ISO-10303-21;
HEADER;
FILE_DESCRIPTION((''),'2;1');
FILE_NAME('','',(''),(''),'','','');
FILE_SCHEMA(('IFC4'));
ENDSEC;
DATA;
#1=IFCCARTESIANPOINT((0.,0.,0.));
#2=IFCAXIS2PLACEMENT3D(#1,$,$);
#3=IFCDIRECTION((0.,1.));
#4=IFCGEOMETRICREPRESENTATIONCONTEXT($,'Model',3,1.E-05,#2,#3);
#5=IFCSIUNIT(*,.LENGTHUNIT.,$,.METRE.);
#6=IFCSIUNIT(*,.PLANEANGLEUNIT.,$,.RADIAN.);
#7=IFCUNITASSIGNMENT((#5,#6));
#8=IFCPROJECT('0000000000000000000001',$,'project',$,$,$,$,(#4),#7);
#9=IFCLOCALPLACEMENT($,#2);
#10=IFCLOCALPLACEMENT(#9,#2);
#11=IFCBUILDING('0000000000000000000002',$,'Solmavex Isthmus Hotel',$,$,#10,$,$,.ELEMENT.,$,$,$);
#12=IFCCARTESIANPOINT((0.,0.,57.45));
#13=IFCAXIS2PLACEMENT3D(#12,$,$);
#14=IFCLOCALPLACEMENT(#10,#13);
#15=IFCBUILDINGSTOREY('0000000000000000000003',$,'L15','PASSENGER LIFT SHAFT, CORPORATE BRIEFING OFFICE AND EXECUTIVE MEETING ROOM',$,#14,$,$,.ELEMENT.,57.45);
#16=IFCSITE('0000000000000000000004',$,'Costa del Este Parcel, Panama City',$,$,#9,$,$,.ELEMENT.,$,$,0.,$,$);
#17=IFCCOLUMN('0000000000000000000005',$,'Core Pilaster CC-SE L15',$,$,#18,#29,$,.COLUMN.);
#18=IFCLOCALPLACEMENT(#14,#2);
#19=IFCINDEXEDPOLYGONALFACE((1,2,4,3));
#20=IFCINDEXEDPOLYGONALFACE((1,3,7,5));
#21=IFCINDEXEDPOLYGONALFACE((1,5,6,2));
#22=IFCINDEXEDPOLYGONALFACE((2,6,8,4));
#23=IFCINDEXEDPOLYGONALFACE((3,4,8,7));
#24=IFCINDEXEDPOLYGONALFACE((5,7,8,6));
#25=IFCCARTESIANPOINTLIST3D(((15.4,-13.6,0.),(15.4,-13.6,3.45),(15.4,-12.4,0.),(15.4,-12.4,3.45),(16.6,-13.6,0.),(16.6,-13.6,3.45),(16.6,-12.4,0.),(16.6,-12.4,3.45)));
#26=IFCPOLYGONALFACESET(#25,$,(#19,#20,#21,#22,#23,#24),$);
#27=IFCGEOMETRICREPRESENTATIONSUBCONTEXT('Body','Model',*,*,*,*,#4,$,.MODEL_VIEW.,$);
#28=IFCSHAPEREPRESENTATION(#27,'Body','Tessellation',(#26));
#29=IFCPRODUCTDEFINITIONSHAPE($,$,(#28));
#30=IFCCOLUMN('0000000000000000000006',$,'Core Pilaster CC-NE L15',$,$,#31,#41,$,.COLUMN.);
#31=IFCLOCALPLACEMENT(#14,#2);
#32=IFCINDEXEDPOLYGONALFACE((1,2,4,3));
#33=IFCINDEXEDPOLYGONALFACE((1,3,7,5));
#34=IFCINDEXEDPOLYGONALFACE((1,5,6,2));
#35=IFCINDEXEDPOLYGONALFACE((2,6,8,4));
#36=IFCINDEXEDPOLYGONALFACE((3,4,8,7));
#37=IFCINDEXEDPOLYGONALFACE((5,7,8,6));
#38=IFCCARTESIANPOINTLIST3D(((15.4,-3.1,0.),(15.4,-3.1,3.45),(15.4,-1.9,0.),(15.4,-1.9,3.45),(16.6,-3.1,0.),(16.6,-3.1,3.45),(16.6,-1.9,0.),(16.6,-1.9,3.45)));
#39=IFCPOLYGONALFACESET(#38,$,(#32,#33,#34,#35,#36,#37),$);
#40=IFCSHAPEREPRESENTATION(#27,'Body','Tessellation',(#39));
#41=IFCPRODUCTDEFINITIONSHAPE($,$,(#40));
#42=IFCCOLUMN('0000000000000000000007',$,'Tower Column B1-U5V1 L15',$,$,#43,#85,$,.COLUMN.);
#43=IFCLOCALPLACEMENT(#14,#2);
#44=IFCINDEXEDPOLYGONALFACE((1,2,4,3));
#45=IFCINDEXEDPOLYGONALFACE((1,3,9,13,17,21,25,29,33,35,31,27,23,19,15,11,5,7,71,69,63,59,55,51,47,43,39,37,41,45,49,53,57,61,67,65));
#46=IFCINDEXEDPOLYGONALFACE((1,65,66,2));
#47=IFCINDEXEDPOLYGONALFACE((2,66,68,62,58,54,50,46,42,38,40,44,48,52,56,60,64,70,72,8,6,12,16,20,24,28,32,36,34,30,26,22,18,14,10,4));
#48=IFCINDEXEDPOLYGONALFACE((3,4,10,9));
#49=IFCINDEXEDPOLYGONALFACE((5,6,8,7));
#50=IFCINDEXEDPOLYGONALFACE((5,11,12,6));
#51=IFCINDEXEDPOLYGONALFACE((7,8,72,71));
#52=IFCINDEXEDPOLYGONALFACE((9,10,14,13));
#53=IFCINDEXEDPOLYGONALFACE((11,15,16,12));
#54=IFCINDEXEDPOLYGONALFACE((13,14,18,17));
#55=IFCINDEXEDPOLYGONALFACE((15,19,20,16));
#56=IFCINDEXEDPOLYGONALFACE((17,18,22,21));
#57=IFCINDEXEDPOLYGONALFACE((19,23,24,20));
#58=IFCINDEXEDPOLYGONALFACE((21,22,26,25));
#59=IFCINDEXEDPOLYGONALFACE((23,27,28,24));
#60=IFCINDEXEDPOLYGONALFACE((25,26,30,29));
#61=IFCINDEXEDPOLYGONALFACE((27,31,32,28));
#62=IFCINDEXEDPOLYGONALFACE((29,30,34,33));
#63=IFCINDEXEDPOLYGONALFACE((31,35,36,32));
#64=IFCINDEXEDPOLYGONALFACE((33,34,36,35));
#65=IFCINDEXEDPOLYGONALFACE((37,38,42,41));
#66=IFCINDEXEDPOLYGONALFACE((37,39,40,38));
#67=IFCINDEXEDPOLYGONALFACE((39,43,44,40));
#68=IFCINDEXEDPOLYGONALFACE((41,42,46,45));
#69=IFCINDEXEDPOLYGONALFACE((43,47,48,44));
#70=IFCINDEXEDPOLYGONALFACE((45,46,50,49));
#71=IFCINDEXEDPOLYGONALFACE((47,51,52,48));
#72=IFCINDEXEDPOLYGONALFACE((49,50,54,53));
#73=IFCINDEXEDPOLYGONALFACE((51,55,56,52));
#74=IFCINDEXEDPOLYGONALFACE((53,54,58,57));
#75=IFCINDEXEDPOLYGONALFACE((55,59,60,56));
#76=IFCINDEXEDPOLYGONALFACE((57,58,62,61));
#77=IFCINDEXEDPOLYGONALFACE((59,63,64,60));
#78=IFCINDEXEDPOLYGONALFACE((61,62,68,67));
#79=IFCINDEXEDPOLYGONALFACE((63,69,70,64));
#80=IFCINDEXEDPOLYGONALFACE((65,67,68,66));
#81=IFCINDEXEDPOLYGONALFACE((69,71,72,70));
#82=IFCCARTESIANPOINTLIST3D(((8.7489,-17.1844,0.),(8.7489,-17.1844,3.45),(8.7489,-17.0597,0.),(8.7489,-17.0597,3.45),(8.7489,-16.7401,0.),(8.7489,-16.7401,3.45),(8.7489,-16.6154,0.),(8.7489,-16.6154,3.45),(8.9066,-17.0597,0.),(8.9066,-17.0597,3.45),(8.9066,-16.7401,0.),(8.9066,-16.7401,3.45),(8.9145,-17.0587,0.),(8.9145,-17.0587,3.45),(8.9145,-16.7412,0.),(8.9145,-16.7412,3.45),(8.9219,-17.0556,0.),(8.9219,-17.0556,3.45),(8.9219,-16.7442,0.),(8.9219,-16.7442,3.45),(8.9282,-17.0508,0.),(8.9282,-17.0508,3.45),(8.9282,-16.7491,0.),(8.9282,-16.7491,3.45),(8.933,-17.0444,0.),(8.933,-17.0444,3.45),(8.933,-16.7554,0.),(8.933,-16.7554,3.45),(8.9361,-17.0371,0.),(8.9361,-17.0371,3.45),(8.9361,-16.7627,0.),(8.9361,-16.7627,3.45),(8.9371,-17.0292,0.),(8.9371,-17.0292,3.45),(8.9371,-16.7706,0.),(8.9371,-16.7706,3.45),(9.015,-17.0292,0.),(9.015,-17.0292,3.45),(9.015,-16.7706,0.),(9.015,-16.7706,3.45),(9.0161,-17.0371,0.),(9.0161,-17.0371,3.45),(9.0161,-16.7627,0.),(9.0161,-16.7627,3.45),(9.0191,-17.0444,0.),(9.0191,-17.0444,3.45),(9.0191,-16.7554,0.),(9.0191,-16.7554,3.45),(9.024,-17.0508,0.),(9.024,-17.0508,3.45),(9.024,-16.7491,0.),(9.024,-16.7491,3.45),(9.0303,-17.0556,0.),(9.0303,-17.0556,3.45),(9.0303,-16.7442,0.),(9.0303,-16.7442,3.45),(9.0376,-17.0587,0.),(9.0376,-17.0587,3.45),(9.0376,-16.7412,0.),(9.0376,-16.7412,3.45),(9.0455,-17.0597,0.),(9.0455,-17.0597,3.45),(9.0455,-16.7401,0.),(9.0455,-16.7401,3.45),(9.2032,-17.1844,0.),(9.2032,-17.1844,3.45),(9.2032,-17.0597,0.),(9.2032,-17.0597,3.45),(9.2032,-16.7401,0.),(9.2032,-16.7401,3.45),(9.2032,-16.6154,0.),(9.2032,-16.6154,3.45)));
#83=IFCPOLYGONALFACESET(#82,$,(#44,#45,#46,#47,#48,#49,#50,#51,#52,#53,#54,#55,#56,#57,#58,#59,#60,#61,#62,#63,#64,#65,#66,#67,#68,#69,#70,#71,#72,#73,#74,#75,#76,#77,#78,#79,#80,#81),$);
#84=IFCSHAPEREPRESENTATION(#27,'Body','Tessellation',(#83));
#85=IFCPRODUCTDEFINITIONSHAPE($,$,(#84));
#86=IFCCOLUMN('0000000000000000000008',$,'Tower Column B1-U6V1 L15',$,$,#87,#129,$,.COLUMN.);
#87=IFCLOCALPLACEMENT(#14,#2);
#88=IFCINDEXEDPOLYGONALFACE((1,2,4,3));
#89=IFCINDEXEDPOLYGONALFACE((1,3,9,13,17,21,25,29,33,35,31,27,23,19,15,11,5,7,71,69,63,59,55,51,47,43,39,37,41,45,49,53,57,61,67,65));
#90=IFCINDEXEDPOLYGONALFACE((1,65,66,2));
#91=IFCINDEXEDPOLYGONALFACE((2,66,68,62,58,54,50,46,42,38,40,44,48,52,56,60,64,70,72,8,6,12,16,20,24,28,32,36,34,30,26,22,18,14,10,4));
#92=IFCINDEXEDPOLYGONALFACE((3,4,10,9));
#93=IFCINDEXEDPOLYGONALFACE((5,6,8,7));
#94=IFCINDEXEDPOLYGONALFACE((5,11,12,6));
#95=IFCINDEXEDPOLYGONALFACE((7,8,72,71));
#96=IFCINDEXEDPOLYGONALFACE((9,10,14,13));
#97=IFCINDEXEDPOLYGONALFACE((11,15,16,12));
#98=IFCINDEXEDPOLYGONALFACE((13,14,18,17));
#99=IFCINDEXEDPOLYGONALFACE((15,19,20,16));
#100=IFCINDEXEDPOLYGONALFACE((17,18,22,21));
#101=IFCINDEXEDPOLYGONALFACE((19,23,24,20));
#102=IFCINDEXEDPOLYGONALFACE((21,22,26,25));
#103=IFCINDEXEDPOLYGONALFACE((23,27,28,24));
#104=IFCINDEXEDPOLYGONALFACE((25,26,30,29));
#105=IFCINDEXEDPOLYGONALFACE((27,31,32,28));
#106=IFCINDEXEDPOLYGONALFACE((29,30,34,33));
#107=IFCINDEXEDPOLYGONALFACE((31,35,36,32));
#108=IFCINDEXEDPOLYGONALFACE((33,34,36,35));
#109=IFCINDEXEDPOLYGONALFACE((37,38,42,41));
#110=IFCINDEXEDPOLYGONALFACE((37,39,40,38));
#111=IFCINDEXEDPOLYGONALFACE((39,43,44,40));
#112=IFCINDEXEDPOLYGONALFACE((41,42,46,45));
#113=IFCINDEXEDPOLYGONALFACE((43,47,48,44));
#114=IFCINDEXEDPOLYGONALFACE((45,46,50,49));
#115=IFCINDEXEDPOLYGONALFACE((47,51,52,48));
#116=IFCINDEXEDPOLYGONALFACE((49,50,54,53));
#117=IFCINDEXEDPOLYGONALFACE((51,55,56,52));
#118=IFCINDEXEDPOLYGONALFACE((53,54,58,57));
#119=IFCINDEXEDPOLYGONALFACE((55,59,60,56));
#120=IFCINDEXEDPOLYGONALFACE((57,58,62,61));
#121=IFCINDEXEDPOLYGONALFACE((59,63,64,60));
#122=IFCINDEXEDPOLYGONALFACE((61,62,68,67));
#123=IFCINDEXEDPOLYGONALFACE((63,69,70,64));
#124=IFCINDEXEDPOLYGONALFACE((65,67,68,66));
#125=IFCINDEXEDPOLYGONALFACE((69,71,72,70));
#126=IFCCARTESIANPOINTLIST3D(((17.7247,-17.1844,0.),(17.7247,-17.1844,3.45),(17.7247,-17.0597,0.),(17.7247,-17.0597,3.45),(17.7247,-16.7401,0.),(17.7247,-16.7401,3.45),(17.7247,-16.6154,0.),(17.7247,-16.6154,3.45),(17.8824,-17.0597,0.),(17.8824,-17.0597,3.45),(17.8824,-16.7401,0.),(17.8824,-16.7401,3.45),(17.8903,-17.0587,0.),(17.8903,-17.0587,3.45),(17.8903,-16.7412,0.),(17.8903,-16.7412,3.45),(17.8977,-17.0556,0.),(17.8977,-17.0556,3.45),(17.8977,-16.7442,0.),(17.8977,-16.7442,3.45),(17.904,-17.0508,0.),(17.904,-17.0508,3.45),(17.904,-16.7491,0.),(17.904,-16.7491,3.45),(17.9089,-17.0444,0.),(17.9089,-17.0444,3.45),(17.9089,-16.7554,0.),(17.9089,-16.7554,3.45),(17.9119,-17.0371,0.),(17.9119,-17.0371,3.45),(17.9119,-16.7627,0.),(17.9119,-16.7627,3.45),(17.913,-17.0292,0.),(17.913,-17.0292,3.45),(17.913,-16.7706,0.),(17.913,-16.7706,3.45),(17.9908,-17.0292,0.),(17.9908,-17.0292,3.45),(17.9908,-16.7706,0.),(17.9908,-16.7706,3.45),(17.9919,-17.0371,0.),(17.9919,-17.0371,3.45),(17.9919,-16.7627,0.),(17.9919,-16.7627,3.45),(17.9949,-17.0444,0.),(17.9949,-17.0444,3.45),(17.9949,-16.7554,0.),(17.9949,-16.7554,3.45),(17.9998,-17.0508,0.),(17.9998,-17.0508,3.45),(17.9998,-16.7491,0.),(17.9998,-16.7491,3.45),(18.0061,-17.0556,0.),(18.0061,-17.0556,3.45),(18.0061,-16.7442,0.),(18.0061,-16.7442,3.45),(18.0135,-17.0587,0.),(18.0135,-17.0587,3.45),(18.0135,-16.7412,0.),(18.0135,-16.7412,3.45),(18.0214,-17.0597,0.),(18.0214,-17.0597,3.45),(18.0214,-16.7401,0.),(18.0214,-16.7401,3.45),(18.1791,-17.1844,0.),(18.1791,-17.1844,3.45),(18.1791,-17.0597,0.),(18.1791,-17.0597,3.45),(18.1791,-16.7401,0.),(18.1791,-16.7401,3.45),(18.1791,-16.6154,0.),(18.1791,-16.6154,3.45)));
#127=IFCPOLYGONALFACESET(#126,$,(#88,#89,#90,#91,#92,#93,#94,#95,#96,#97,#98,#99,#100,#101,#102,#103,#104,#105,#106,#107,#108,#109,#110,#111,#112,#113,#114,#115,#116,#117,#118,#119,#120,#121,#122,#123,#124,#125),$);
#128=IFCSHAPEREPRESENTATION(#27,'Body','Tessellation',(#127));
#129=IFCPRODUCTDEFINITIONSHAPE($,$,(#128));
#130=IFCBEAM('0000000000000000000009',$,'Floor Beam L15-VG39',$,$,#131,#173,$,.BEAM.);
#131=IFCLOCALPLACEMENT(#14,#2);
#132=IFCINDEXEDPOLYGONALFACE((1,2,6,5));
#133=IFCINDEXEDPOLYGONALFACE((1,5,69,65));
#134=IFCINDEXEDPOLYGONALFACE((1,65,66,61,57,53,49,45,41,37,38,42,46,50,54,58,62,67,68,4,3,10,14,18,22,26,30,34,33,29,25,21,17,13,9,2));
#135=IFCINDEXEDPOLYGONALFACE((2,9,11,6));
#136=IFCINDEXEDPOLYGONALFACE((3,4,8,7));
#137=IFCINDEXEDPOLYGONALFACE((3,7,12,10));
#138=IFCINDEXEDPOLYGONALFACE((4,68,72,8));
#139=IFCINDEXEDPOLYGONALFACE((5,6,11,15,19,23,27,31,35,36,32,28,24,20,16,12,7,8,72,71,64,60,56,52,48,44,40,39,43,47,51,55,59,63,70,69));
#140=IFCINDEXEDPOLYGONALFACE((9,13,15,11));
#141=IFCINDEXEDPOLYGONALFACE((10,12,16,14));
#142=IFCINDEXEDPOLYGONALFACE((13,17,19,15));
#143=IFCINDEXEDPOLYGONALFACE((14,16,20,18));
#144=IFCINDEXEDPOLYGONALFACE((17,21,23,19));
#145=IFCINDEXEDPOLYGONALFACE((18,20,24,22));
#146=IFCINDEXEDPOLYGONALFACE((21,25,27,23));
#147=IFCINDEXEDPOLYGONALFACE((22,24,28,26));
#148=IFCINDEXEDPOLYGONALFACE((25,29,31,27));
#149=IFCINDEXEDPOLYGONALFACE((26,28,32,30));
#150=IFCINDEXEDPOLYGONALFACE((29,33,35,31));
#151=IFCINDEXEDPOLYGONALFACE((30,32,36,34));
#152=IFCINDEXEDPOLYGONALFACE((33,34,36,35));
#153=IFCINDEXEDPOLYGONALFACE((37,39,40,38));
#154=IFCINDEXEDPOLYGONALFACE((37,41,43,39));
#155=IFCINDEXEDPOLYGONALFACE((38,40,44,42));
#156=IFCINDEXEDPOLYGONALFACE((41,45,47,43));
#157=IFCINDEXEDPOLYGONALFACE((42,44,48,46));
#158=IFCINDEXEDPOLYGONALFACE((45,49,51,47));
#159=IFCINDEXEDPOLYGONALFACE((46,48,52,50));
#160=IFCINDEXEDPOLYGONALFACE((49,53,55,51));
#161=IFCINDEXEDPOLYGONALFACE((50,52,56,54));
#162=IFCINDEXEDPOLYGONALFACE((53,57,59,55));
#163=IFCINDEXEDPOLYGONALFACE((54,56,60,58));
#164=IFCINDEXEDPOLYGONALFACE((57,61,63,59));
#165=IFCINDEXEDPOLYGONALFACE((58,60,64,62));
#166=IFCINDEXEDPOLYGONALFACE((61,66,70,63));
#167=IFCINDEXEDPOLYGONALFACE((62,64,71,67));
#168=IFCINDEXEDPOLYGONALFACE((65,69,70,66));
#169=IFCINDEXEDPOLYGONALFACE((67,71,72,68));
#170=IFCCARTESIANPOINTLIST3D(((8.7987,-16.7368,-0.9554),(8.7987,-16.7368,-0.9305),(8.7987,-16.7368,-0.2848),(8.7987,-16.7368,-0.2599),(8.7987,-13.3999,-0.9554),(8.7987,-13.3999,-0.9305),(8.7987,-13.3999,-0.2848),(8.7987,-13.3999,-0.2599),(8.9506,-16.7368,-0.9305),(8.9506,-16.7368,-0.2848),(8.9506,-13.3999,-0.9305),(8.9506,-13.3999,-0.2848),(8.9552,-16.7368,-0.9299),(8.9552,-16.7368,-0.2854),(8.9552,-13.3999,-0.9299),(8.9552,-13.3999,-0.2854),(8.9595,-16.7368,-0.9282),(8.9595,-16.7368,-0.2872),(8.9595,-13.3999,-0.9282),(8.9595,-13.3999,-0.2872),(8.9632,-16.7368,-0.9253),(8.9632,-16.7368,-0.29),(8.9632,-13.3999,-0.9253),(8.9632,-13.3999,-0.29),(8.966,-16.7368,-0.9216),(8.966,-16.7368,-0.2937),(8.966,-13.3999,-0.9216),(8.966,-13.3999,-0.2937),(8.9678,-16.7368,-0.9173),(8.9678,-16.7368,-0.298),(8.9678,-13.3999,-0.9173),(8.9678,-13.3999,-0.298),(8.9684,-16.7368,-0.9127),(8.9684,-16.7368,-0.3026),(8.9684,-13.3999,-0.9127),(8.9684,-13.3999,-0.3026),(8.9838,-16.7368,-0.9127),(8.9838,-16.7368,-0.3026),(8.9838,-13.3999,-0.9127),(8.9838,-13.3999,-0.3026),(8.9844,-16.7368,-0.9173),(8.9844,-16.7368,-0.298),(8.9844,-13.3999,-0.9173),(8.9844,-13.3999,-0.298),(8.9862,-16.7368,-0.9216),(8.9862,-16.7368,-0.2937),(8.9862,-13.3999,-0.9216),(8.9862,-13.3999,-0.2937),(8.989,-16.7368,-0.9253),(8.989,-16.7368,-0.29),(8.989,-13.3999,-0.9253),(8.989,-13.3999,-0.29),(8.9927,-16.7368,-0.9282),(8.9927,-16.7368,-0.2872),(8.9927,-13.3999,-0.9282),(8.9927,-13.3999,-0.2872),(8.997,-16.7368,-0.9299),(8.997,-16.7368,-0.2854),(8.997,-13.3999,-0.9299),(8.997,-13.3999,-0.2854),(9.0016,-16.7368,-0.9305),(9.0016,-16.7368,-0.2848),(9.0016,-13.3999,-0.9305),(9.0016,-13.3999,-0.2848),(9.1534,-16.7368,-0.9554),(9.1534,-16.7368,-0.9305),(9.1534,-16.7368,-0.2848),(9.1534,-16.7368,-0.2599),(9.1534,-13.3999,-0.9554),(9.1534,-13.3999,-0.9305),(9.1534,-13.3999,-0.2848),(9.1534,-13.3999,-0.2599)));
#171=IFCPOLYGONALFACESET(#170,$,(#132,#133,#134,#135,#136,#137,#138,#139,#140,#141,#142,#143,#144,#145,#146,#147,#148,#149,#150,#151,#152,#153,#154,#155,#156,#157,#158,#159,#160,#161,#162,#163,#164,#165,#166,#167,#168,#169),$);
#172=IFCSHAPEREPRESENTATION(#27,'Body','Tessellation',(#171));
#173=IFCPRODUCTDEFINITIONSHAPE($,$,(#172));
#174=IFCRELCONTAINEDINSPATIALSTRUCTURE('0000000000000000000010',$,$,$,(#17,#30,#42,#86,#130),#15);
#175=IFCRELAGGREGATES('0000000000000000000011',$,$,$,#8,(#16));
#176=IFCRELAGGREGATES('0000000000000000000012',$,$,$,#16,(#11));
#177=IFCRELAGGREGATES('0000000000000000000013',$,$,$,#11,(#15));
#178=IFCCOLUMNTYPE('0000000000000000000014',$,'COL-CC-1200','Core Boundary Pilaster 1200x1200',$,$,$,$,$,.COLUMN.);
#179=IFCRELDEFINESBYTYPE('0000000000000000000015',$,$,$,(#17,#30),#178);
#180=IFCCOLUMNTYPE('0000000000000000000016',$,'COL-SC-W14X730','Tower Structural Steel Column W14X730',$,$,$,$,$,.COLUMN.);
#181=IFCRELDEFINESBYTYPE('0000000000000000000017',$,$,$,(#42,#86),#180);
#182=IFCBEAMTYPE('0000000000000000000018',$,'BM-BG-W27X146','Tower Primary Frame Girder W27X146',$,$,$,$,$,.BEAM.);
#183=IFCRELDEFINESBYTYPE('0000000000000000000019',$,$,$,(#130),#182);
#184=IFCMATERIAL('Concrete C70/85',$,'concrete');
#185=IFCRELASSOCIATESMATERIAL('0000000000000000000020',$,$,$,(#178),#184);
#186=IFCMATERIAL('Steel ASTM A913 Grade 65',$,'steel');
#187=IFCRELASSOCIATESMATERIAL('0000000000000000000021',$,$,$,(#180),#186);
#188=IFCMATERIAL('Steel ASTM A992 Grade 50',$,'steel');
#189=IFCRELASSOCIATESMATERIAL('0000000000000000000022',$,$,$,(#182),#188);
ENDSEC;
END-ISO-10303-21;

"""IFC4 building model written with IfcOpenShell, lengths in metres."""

from ifc_helpers import new_model, si_unit, direction, frame, origin, origin_2d, place, context, subcontext, project, spatial, rectangle, i_section, extrude, material, material_profile, profile_set, type_object, element, save


model = new_model("IFC4")

# Units and contexts
model_context = context("Model", 3, precision=1e-05, world=origin(), true_north=direction((0.0, 1.0)))
body_context = subcontext(model_context, "Body", "Model", "MODEL_VIEW")
ifc_project = project(units=[si_unit("LENGTHUNIT", "METRE"), si_unit("PLANEANGLEUNIT", "RADIAN")], contexts=[model_context])

# Site, building, storey
site_placement = place(None, origin())
site = spatial("IfcSite", under=ifc_project, at=site_placement, Name="Costa del Este Parcel, Panama City", CompositionType="ELEMENT", RefElevation=0.0)
building_placement = place(site_placement, origin())
building = spatial("IfcBuilding", under=site, at=building_placement, Name="Solmavex Isthmus Hotel", CompositionType="ELEMENT")
storey_placement = place(building_placement, frame((0.0, 0.0, 57.45)))
storey = spatial("IfcBuildingStorey", under=building, at=storey_placement, Name="L15", Description="PASSENGER LIFT SHAFT, CORPORATE BRIEFING OFFICE AND EXECUTIVE MEETING ROOM", CompositionType="ELEMENT", Elevation=57.45)

# Columns
ifc_material_1 = material(Name="Concrete C70/85", Category="concrete")
ifc_material_profile_1 = material_profile(ifc_material_1, rectangle(XDim=1.2, YDim=1.2, at=origin_2d()), Name="RC1200X1200")
ifc_profile_set_1 = profile_set([ifc_material_profile_1], Name="Concrete C70/85")
column_type_1 = type_object("IfcColumnType", Name="COL-CC-1200", Description="Core Boundary Pilaster 1200x1200", PredefinedType="COLUMN", material=ifc_profile_set_1)
for number, where, z_axis, x_axis, name in (
    (1, (16.0, -13.0, 0.0), (0.0, 0.0, 1.0), (1.0, 0.0, 0.0), "Core Pilaster CC-SE L15"),
    (2, (16.0, -2.5, 0.0), (0.0, 0.0, 1.0), (1.0, 0.0, 0.0), "Core Pilaster CC-NE L15"),
):
    element("IfcColumn", number, at=place(storey_placement, frame(where, z_axis=z_axis, x_axis=x_axis)), inside=storey, type_object=column_type_1, Name=name, PredefinedType="COLUMN", context=body_context, shape_type="SweptSolid", body=[
        extrude(rectangle(XDim=1.2, YDim=1.2, at=origin_2d()), origin(), (0.0, 0.0, 1.0), 3.45),
    ])
ifc_material_2 = material(Name="Steel ASTM A913 Grade 65", Category="steel")
ifc_material_profile_2 = material_profile(ifc_material_2, i_section(OverallWidth=0.4543, OverallDepth=0.5691, WebThickness=0.0779, FlangeThickness=0.1248, FilletRadius=0.0305, at=origin_2d()), Name="W14X730")
ifc_profile_set_2 = profile_set([ifc_material_profile_2], Name="Steel ASTM A913 Grade 65")
column_type_2 = type_object("IfcColumnType", Name="COL-SC-W14X730", Description="Tower Structural Steel Column W14X730", PredefinedType="COLUMN", material=ifc_profile_set_2)
for number, where, z_axis, x_axis, name in (
    (3, (8.9761, -16.8999, 0.0), (0.0, 0.0, 1.0), (1.0, 0.0, 0.0), "Tower Column B1-U5V1 L15"),
    (4, (17.9519, -16.8999, 0.0), (0.0, 0.0, 1.0), (1.0, 0.0, 0.0), "Tower Column B1-U6V1 L15"),
):
    element("IfcColumn", number, at=place(storey_placement, frame(where, z_axis=z_axis, x_axis=x_axis)), inside=storey, type_object=column_type_2, Name=name, PredefinedType="COLUMN", context=body_context, shape_type="SweptSolid", body=[
        extrude(i_section(OverallWidth=0.4543, OverallDepth=0.5691, WebThickness=0.0779, FlangeThickness=0.1248, FilletRadius=0.0305, at=origin_2d()), origin(), (0.0, 0.0, 1.0), 3.45),
    ])

# Beam
ifc_material_3 = material(Name="Steel ASTM A992 Grade 50", Category="steel")
ifc_material_profile_3 = material_profile(ifc_material_3, i_section(OverallWidth=0.3547, OverallDepth=0.6956, WebThickness=0.0154, FlangeThickness=0.0249, FilletRadius=0.0178, at=origin_2d()), Name="W27X146")
ifc_profile_set_3 = profile_set([ifc_material_profile_3], Name="Steel ASTM A992 Grade 50")
beam_type_1 = type_object("IfcBeamType", Name="BM-BG-W27X146", Description="Tower Primary Frame Girder W27X146", PredefinedType="BEAM", material=ifc_profile_set_3)
beam_1_placement = place(storey_placement, frame((8.9761, -16.7368, -0.6077), z_axis=(0.0, 1.0, 0.0), x_axis=(-1.0, 0.0, 0.0)))
element("IfcBeam", 5, at=beam_1_placement, inside=storey, type_object=beam_type_1, Name="Floor Beam L15-VG39", PredefinedType="BEAM", context=body_context, shape_type="SweptSolid", body=[
    extrude(i_section(OverallWidth=0.3547, OverallDepth=0.6956, WebThickness=0.0154, FlangeThickness=0.0249, FilletRadius=0.0178, at=origin_2d()), origin(), (0.0, 0.0, 1.0), 3.3369),
])

save(model, "model.ifc")
